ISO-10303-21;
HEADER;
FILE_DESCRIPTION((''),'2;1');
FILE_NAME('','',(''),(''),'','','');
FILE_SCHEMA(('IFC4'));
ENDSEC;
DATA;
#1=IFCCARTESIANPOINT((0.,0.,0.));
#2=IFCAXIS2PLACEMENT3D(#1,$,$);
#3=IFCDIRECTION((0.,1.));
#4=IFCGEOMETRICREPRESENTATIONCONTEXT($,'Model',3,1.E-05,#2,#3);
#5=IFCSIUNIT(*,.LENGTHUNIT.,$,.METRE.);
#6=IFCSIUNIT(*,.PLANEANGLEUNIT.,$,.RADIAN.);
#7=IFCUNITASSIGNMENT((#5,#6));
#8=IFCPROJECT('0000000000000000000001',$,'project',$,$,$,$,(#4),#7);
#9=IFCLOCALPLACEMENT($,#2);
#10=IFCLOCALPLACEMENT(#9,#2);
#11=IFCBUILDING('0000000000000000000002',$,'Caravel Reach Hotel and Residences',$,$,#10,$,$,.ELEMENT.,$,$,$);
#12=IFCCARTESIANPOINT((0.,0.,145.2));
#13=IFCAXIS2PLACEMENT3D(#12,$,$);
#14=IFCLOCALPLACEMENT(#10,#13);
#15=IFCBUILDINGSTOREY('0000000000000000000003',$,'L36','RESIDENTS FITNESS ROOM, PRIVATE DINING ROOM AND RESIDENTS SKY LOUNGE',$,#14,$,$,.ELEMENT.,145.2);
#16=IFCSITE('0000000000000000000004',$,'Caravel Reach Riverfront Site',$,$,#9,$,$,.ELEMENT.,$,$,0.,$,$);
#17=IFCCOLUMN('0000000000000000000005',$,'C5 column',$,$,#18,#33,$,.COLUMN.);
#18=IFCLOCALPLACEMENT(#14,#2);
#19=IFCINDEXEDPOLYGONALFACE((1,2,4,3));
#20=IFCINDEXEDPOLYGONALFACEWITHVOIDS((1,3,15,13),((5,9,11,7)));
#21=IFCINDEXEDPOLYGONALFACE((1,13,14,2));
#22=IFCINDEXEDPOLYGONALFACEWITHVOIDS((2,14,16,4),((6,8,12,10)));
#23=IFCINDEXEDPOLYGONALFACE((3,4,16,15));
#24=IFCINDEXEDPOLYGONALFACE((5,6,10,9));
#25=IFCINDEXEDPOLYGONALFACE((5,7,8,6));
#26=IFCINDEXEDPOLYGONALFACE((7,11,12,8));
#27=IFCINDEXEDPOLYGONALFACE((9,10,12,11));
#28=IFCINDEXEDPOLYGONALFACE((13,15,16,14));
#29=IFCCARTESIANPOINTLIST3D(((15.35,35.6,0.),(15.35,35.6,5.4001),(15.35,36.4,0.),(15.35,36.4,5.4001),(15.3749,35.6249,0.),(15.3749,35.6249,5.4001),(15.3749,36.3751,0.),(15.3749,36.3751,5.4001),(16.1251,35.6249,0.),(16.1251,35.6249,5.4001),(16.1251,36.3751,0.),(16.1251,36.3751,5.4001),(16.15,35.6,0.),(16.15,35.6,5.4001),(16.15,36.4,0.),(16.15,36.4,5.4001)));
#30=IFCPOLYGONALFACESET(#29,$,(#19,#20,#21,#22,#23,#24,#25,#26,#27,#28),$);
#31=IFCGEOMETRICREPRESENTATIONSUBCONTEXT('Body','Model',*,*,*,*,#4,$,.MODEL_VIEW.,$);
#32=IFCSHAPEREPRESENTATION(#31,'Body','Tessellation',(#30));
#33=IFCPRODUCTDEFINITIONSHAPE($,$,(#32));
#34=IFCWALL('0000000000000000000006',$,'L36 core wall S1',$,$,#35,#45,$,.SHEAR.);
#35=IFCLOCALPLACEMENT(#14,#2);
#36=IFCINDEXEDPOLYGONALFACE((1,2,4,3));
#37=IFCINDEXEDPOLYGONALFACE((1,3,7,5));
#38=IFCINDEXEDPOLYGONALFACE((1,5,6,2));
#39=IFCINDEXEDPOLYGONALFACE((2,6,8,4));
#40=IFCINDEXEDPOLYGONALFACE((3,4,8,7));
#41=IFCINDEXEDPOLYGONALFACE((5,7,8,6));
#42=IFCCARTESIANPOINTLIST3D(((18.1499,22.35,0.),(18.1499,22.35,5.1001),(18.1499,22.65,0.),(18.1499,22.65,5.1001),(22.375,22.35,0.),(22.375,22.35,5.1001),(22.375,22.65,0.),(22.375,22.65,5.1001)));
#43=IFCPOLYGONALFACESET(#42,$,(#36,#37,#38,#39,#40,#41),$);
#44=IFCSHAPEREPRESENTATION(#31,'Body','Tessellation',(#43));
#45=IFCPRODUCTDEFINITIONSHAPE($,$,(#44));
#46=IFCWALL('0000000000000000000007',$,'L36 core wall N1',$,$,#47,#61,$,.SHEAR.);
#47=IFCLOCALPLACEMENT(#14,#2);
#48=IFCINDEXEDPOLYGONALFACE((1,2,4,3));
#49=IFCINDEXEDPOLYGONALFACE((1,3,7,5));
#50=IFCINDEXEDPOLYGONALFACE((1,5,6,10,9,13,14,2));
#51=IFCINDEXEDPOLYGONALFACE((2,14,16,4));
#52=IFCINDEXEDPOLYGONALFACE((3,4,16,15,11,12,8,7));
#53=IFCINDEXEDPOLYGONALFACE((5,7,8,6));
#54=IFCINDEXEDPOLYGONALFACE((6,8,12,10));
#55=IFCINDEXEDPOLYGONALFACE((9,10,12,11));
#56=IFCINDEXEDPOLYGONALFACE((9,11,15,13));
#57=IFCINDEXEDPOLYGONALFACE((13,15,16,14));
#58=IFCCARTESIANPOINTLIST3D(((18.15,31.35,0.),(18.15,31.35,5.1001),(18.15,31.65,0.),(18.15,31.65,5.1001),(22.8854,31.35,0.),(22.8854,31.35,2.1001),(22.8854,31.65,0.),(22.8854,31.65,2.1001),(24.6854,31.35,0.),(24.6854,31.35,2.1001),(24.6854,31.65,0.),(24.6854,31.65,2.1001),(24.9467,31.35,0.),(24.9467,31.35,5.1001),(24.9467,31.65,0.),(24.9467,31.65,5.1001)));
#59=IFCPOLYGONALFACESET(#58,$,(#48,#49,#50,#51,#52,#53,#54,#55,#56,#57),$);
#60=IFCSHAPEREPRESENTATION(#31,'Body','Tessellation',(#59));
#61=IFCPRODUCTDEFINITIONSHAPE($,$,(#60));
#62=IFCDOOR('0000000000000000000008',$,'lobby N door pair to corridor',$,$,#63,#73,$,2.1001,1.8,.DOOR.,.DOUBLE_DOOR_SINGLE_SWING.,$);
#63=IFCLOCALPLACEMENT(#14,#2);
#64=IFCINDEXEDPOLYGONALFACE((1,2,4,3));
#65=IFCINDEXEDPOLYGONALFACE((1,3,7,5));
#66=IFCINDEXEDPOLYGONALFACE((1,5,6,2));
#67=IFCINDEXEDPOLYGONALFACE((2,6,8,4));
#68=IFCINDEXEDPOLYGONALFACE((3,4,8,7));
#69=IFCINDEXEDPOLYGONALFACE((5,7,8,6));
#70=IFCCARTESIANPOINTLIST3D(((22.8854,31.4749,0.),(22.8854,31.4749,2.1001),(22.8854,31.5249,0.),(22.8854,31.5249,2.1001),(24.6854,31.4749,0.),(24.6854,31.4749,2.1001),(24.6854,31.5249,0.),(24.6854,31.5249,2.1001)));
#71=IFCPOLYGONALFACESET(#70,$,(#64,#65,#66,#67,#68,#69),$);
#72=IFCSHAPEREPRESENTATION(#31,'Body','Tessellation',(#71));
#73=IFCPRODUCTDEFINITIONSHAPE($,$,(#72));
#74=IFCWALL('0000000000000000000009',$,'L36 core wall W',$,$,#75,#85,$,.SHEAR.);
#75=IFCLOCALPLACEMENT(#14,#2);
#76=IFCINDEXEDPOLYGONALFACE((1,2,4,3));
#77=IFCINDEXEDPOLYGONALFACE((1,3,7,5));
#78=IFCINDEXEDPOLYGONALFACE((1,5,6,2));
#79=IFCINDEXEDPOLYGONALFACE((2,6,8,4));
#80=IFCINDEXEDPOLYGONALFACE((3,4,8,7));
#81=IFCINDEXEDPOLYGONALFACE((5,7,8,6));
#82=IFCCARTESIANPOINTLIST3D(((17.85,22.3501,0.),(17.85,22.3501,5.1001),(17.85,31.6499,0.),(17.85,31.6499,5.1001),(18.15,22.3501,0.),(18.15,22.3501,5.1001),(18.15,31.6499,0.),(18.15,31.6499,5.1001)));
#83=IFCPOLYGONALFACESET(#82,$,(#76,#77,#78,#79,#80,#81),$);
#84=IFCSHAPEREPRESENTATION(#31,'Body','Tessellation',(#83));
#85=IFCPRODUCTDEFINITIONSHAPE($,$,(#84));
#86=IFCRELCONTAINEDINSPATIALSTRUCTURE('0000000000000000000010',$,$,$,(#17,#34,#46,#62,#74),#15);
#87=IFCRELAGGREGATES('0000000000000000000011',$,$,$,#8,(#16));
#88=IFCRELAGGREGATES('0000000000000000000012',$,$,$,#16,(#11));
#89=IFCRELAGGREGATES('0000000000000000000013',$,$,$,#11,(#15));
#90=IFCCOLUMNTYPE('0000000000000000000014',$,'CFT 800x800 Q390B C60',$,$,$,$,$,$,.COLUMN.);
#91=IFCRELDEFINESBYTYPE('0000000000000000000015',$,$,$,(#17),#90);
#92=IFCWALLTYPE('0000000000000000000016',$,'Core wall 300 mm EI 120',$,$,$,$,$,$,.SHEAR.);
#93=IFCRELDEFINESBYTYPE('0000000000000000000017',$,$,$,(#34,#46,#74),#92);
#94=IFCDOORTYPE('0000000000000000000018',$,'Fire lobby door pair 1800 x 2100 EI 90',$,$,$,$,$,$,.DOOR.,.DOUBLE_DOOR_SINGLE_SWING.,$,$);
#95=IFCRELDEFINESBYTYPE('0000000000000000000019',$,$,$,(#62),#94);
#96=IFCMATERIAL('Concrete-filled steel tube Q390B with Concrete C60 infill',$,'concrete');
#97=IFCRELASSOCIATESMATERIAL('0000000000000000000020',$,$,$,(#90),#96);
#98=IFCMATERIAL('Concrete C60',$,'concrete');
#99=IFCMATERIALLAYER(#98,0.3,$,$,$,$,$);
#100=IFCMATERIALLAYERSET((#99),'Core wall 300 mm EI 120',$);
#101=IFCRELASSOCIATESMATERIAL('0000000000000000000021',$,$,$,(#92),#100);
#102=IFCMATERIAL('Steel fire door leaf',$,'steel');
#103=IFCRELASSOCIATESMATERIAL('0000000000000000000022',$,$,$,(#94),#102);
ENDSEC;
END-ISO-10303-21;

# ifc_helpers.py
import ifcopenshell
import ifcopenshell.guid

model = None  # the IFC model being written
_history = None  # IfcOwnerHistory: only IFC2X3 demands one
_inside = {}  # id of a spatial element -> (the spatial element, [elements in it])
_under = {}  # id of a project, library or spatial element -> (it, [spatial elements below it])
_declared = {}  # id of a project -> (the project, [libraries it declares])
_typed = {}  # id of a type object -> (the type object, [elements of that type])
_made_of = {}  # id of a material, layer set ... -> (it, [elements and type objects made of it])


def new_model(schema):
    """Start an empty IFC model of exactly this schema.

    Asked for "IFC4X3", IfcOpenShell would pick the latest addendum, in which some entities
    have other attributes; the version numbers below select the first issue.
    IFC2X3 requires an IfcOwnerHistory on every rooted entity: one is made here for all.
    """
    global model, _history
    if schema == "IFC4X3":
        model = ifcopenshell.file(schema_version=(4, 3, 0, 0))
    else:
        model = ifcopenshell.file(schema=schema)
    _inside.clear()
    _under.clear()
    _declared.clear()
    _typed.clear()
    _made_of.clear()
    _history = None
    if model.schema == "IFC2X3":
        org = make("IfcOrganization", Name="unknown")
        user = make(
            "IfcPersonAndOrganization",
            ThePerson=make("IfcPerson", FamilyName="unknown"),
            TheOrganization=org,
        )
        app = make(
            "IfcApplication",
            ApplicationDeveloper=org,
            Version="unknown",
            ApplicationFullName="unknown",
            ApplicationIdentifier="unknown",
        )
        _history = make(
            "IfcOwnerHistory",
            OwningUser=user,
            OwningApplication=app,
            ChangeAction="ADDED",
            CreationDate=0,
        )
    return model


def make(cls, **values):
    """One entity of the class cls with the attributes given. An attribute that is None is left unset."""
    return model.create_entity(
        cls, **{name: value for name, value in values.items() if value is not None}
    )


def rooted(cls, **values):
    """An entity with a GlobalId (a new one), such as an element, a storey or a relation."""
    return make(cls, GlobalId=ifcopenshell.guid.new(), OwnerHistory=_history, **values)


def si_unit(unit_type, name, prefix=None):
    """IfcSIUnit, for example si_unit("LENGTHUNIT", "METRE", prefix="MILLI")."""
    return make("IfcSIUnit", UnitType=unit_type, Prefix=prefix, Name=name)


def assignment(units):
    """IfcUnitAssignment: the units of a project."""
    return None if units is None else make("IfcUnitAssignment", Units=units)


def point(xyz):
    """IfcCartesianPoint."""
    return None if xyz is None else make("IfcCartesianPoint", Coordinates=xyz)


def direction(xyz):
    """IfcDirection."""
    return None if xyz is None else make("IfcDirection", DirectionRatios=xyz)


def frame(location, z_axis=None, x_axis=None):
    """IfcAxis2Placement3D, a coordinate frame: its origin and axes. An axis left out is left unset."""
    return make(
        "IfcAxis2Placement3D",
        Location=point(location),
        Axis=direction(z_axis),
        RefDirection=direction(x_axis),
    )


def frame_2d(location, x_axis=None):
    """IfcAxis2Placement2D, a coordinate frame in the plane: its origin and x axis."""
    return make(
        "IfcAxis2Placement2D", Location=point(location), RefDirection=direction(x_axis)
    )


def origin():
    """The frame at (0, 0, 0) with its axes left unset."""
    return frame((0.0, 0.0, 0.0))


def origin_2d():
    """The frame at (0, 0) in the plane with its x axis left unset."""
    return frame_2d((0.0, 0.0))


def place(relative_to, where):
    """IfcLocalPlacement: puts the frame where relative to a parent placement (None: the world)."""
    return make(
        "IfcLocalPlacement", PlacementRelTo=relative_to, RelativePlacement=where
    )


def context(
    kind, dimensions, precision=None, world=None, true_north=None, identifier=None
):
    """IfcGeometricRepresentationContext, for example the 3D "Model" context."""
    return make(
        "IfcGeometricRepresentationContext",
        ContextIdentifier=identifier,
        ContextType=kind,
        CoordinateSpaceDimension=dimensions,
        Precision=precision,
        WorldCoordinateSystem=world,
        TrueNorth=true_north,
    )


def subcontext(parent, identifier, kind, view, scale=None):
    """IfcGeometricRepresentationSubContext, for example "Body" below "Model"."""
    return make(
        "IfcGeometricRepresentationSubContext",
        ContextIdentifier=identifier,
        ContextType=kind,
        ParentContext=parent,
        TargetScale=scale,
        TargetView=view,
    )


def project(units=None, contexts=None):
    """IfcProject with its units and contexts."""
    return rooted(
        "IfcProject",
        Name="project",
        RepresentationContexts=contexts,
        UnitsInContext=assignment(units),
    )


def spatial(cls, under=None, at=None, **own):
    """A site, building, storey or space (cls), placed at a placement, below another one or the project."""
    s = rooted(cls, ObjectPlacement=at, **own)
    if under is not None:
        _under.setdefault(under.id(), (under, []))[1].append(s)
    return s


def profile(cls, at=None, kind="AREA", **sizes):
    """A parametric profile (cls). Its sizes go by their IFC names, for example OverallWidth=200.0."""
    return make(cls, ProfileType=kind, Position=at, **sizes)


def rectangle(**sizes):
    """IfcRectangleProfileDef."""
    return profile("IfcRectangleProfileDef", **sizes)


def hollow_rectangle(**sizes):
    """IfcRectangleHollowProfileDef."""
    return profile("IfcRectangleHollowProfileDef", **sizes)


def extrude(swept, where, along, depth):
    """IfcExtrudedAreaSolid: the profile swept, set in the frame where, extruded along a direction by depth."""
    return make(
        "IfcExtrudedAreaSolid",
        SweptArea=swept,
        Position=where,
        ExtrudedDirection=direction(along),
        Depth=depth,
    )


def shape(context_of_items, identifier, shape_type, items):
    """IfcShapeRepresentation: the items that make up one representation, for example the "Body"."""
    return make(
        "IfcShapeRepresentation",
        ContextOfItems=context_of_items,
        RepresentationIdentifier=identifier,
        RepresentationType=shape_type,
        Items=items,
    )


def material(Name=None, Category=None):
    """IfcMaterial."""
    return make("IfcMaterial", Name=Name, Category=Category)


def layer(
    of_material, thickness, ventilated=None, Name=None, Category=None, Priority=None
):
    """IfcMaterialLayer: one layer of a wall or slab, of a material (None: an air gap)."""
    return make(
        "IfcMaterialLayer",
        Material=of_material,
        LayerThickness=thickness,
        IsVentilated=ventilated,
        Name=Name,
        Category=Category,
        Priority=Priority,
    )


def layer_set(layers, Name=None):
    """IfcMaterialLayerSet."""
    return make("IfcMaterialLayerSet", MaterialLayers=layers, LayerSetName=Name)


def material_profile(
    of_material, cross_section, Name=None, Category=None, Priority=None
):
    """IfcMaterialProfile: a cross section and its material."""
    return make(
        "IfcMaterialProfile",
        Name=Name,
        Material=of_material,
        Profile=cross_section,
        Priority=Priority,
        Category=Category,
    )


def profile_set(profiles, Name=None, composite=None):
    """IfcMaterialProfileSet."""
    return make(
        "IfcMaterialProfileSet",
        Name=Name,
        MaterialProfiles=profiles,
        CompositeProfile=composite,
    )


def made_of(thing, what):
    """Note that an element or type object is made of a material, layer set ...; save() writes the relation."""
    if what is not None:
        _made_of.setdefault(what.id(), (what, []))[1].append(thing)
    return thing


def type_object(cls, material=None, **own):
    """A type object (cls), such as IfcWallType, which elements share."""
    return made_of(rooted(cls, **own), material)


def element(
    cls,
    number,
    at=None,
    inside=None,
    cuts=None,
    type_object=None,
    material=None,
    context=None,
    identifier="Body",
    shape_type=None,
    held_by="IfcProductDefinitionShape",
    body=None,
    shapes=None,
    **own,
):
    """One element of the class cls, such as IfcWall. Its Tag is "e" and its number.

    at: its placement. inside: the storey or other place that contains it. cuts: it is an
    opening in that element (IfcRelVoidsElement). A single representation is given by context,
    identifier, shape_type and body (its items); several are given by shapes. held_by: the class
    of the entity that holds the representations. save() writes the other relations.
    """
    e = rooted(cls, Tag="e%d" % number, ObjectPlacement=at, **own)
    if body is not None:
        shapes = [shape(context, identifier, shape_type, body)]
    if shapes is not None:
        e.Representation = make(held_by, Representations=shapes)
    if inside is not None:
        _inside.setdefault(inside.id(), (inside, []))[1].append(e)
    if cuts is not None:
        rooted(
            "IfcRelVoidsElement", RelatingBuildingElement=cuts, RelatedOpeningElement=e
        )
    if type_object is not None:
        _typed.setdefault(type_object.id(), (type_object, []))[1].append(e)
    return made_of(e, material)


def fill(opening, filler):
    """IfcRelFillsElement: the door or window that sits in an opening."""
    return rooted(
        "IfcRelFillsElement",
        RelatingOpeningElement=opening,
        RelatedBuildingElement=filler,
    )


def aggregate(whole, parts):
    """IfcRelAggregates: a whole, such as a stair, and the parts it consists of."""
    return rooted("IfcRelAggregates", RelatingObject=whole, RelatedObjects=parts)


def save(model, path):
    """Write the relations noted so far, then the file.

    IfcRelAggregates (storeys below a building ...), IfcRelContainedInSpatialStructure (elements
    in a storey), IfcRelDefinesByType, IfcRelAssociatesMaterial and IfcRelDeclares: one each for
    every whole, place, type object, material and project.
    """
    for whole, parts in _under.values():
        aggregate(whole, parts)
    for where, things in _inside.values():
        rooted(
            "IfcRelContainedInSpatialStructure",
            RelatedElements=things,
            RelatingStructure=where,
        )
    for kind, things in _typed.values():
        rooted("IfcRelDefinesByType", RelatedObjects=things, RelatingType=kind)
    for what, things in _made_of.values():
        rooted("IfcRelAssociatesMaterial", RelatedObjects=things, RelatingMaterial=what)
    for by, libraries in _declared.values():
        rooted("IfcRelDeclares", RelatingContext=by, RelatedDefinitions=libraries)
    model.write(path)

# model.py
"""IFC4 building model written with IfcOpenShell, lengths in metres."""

from ifc_helpers import new_model, si_unit, direction, frame, frame_2d, origin, origin_2d, place, context, subcontext, project, spatial, rectangle, hollow_rectangle, extrude, material, layer, layer_set, material_profile, profile_set, type_object, element, fill, save


model = new_model("IFC4")

# Units and contexts
model_context = context("Model", 3, precision=1e-05, world=origin(), true_north=direction((0.0, 1.0)))
body_context = subcontext(model_context, "Body", "Model", "MODEL_VIEW")
ifc_project = project(units=[si_unit("LENGTHUNIT", "METRE"), si_unit("PLANEANGLEUNIT", "RADIAN")], contexts=[model_context])

# Site, building, storey
site_placement = place(None, origin())
site = spatial("IfcSite", under=ifc_project, at=site_placement, Name="Caravel Reach Riverfront Site", CompositionType="ELEMENT", RefElevation=0.0)
building_placement = place(site_placement, origin())
building = spatial("IfcBuilding", under=site, at=building_placement, Name="Caravel Reach Hotel and Residences", CompositionType="ELEMENT")
storey_placement = place(building_placement, frame((0.0, 0.0, 145.2)))
storey = spatial("IfcBuildingStorey", under=building, at=storey_placement, Name="L36", Description="RESIDENTS FITNESS ROOM, PRIVATE DINING ROOM AND RESIDENTS SKY LOUNGE", CompositionType="ELEMENT", Elevation=145.2)

# Column
ifc_material_1 = material(Name="Concrete-filled steel tube Q390B with Concrete C60 infill", Category="concrete")
ifc_material_profile = material_profile(ifc_material_1, hollow_rectangle(XDim=0.8, YDim=0.8, WallThickness=0.0249, at=origin_2d()), Name="RHS 800x800x25")
ifc_profile_set = profile_set([ifc_material_profile], Name="Concrete-filled steel tube Q390B with Concrete C60 infill")
column_type = type_object("IfcColumnType", Name="CFT 800x800 Q390B C60", PredefinedType="COLUMN", material=ifc_profile_set)
column_placement = place(storey_placement, frame((15.75, 36.0, 0.0), z_axis=(0.0, 0.0, 1.0), x_axis=(1.0, 0.0, 0.0)))
element("IfcColumn", 1, at=column_placement, inside=storey, type_object=column_type, Name="C5 column", PredefinedType="COLUMN", context=body_context, shape_type="SweptSolid", body=[
    extrude(hollow_rectangle(XDim=0.8, YDim=0.8, WallThickness=0.0249, at=origin_2d()), origin(), (0.0, 0.0, 1.0), 5.4001),
])

# Wall
ifc_material_2 = material(Name="Concrete C60", Category="concrete")
ifc_layer = layer(ifc_material_2, 0.3)
ifc_layer_set = layer_set([ifc_layer], Name="Core wall 300 mm EI 120")
wall_type = type_object("IfcWallType", Name="Core wall 300 mm EI 120", PredefinedType="SHEAR", material=ifc_layer_set)
wall_1_placement = place(storey_placement, frame((18.1499, 22.5, 0.0), z_axis=(0.0, 0.0, 1.0), x_axis=(1.0, 0.0, 0.0)))
element("IfcWall", 2, at=wall_1_placement, inside=storey, type_object=wall_type, Name="L36 core wall S1", PredefinedType="SHEAR", context=body_context, shape_type="SweptSolid", body=[
    extrude(rectangle(XDim=4.2251, YDim=0.3, at=frame_2d((2.1125, 0.0))), origin(), (0.0, 0.0, 1.0), 5.1001),
])

# Wall, opening, door
wall_2_placement = place(storey_placement, frame((18.1499, 31.5, 0.0), z_axis=(0.0, 0.0, 1.0), x_axis=(1.0, 0.0, 0.0)))
wall_2 = element("IfcWall", 3, at=wall_2_placement, inside=storey, type_object=wall_type, Name="L36 core wall N1", PredefinedType="SHEAR", context=body_context, shape_type="SweptSolid", body=[
    extrude(rectangle(XDim=6.7966, YDim=0.3, at=frame_2d((3.3984, 0.0))), origin(), (0.0, 0.0, 1.0), 5.1001),
])
opening_placement = place(wall_2_placement, frame((4.7356, 0.0, 0.0)))
opening = element("IfcOpeningElement", 4, at=opening_placement, cuts=wall_2, PredefinedType="OPENING", context=body_context, shape_type="SweptSolid", body=[
    extrude(rectangle(XDim=1.8, YDim=2.1001, at=frame_2d((0.8999, 1.05))), frame((0.0, 0.1599, 0.0), z_axis=(0.0, -1.0, 0.0), x_axis=(1.0, 0.0, 0.0)), (0.0, 0.0, 1.0), 0.3201),
])
ifc_material_3 = material(Name="Steel fire door leaf", Category="steel")
door_type = type_object("IfcDoorType", Name="Fire lobby door pair 1800 x 2100 EI 90", OperationType="DOUBLE_DOOR_SINGLE_SWING", PredefinedType="DOOR", material=ifc_material_3)
door_placement = place(opening_placement, origin())
door = element("IfcDoor", 5, at=door_placement, inside=storey, type_object=door_type, Name="lobby N door pair to corridor", OperationType="DOUBLE_DOOR_SINGLE_SWING", OverallHeight=2.1001, OverallWidth=1.8, PredefinedType="DOOR", context=body_context, shape_type="SweptSolid", body=[
    extrude(rectangle(XDim=1.8, YDim=2.1001, at=frame_2d((0.8999, 1.05))), frame((0.0, 0.0249, 0.0), z_axis=(0.0, -1.0, 0.0), x_axis=(1.0, 0.0, 0.0)), (0.0, 0.0, 1.0), 0.05),
])
fill(opening, door)

# Wall
wall_3_placement = place(storey_placement, frame((18.0, 22.3501, 0.0), z_axis=(0.0, 0.0, 1.0), x_axis=(0.0, 1.0, 0.0)))
element("IfcWall", 6, at=wall_3_placement, inside=storey, type_object=wall_type, Name="L36 core wall W", PredefinedType="SHEAR", context=body_context, shape_type="SweptSolid", body=[
    extrude(rectangle(XDim=9.2998, YDim=0.3, at=frame_2d((4.6499, 0.0))), origin(), (0.0, 0.0, 1.0), 5.1001),
])

save(model, "model.ifc")
